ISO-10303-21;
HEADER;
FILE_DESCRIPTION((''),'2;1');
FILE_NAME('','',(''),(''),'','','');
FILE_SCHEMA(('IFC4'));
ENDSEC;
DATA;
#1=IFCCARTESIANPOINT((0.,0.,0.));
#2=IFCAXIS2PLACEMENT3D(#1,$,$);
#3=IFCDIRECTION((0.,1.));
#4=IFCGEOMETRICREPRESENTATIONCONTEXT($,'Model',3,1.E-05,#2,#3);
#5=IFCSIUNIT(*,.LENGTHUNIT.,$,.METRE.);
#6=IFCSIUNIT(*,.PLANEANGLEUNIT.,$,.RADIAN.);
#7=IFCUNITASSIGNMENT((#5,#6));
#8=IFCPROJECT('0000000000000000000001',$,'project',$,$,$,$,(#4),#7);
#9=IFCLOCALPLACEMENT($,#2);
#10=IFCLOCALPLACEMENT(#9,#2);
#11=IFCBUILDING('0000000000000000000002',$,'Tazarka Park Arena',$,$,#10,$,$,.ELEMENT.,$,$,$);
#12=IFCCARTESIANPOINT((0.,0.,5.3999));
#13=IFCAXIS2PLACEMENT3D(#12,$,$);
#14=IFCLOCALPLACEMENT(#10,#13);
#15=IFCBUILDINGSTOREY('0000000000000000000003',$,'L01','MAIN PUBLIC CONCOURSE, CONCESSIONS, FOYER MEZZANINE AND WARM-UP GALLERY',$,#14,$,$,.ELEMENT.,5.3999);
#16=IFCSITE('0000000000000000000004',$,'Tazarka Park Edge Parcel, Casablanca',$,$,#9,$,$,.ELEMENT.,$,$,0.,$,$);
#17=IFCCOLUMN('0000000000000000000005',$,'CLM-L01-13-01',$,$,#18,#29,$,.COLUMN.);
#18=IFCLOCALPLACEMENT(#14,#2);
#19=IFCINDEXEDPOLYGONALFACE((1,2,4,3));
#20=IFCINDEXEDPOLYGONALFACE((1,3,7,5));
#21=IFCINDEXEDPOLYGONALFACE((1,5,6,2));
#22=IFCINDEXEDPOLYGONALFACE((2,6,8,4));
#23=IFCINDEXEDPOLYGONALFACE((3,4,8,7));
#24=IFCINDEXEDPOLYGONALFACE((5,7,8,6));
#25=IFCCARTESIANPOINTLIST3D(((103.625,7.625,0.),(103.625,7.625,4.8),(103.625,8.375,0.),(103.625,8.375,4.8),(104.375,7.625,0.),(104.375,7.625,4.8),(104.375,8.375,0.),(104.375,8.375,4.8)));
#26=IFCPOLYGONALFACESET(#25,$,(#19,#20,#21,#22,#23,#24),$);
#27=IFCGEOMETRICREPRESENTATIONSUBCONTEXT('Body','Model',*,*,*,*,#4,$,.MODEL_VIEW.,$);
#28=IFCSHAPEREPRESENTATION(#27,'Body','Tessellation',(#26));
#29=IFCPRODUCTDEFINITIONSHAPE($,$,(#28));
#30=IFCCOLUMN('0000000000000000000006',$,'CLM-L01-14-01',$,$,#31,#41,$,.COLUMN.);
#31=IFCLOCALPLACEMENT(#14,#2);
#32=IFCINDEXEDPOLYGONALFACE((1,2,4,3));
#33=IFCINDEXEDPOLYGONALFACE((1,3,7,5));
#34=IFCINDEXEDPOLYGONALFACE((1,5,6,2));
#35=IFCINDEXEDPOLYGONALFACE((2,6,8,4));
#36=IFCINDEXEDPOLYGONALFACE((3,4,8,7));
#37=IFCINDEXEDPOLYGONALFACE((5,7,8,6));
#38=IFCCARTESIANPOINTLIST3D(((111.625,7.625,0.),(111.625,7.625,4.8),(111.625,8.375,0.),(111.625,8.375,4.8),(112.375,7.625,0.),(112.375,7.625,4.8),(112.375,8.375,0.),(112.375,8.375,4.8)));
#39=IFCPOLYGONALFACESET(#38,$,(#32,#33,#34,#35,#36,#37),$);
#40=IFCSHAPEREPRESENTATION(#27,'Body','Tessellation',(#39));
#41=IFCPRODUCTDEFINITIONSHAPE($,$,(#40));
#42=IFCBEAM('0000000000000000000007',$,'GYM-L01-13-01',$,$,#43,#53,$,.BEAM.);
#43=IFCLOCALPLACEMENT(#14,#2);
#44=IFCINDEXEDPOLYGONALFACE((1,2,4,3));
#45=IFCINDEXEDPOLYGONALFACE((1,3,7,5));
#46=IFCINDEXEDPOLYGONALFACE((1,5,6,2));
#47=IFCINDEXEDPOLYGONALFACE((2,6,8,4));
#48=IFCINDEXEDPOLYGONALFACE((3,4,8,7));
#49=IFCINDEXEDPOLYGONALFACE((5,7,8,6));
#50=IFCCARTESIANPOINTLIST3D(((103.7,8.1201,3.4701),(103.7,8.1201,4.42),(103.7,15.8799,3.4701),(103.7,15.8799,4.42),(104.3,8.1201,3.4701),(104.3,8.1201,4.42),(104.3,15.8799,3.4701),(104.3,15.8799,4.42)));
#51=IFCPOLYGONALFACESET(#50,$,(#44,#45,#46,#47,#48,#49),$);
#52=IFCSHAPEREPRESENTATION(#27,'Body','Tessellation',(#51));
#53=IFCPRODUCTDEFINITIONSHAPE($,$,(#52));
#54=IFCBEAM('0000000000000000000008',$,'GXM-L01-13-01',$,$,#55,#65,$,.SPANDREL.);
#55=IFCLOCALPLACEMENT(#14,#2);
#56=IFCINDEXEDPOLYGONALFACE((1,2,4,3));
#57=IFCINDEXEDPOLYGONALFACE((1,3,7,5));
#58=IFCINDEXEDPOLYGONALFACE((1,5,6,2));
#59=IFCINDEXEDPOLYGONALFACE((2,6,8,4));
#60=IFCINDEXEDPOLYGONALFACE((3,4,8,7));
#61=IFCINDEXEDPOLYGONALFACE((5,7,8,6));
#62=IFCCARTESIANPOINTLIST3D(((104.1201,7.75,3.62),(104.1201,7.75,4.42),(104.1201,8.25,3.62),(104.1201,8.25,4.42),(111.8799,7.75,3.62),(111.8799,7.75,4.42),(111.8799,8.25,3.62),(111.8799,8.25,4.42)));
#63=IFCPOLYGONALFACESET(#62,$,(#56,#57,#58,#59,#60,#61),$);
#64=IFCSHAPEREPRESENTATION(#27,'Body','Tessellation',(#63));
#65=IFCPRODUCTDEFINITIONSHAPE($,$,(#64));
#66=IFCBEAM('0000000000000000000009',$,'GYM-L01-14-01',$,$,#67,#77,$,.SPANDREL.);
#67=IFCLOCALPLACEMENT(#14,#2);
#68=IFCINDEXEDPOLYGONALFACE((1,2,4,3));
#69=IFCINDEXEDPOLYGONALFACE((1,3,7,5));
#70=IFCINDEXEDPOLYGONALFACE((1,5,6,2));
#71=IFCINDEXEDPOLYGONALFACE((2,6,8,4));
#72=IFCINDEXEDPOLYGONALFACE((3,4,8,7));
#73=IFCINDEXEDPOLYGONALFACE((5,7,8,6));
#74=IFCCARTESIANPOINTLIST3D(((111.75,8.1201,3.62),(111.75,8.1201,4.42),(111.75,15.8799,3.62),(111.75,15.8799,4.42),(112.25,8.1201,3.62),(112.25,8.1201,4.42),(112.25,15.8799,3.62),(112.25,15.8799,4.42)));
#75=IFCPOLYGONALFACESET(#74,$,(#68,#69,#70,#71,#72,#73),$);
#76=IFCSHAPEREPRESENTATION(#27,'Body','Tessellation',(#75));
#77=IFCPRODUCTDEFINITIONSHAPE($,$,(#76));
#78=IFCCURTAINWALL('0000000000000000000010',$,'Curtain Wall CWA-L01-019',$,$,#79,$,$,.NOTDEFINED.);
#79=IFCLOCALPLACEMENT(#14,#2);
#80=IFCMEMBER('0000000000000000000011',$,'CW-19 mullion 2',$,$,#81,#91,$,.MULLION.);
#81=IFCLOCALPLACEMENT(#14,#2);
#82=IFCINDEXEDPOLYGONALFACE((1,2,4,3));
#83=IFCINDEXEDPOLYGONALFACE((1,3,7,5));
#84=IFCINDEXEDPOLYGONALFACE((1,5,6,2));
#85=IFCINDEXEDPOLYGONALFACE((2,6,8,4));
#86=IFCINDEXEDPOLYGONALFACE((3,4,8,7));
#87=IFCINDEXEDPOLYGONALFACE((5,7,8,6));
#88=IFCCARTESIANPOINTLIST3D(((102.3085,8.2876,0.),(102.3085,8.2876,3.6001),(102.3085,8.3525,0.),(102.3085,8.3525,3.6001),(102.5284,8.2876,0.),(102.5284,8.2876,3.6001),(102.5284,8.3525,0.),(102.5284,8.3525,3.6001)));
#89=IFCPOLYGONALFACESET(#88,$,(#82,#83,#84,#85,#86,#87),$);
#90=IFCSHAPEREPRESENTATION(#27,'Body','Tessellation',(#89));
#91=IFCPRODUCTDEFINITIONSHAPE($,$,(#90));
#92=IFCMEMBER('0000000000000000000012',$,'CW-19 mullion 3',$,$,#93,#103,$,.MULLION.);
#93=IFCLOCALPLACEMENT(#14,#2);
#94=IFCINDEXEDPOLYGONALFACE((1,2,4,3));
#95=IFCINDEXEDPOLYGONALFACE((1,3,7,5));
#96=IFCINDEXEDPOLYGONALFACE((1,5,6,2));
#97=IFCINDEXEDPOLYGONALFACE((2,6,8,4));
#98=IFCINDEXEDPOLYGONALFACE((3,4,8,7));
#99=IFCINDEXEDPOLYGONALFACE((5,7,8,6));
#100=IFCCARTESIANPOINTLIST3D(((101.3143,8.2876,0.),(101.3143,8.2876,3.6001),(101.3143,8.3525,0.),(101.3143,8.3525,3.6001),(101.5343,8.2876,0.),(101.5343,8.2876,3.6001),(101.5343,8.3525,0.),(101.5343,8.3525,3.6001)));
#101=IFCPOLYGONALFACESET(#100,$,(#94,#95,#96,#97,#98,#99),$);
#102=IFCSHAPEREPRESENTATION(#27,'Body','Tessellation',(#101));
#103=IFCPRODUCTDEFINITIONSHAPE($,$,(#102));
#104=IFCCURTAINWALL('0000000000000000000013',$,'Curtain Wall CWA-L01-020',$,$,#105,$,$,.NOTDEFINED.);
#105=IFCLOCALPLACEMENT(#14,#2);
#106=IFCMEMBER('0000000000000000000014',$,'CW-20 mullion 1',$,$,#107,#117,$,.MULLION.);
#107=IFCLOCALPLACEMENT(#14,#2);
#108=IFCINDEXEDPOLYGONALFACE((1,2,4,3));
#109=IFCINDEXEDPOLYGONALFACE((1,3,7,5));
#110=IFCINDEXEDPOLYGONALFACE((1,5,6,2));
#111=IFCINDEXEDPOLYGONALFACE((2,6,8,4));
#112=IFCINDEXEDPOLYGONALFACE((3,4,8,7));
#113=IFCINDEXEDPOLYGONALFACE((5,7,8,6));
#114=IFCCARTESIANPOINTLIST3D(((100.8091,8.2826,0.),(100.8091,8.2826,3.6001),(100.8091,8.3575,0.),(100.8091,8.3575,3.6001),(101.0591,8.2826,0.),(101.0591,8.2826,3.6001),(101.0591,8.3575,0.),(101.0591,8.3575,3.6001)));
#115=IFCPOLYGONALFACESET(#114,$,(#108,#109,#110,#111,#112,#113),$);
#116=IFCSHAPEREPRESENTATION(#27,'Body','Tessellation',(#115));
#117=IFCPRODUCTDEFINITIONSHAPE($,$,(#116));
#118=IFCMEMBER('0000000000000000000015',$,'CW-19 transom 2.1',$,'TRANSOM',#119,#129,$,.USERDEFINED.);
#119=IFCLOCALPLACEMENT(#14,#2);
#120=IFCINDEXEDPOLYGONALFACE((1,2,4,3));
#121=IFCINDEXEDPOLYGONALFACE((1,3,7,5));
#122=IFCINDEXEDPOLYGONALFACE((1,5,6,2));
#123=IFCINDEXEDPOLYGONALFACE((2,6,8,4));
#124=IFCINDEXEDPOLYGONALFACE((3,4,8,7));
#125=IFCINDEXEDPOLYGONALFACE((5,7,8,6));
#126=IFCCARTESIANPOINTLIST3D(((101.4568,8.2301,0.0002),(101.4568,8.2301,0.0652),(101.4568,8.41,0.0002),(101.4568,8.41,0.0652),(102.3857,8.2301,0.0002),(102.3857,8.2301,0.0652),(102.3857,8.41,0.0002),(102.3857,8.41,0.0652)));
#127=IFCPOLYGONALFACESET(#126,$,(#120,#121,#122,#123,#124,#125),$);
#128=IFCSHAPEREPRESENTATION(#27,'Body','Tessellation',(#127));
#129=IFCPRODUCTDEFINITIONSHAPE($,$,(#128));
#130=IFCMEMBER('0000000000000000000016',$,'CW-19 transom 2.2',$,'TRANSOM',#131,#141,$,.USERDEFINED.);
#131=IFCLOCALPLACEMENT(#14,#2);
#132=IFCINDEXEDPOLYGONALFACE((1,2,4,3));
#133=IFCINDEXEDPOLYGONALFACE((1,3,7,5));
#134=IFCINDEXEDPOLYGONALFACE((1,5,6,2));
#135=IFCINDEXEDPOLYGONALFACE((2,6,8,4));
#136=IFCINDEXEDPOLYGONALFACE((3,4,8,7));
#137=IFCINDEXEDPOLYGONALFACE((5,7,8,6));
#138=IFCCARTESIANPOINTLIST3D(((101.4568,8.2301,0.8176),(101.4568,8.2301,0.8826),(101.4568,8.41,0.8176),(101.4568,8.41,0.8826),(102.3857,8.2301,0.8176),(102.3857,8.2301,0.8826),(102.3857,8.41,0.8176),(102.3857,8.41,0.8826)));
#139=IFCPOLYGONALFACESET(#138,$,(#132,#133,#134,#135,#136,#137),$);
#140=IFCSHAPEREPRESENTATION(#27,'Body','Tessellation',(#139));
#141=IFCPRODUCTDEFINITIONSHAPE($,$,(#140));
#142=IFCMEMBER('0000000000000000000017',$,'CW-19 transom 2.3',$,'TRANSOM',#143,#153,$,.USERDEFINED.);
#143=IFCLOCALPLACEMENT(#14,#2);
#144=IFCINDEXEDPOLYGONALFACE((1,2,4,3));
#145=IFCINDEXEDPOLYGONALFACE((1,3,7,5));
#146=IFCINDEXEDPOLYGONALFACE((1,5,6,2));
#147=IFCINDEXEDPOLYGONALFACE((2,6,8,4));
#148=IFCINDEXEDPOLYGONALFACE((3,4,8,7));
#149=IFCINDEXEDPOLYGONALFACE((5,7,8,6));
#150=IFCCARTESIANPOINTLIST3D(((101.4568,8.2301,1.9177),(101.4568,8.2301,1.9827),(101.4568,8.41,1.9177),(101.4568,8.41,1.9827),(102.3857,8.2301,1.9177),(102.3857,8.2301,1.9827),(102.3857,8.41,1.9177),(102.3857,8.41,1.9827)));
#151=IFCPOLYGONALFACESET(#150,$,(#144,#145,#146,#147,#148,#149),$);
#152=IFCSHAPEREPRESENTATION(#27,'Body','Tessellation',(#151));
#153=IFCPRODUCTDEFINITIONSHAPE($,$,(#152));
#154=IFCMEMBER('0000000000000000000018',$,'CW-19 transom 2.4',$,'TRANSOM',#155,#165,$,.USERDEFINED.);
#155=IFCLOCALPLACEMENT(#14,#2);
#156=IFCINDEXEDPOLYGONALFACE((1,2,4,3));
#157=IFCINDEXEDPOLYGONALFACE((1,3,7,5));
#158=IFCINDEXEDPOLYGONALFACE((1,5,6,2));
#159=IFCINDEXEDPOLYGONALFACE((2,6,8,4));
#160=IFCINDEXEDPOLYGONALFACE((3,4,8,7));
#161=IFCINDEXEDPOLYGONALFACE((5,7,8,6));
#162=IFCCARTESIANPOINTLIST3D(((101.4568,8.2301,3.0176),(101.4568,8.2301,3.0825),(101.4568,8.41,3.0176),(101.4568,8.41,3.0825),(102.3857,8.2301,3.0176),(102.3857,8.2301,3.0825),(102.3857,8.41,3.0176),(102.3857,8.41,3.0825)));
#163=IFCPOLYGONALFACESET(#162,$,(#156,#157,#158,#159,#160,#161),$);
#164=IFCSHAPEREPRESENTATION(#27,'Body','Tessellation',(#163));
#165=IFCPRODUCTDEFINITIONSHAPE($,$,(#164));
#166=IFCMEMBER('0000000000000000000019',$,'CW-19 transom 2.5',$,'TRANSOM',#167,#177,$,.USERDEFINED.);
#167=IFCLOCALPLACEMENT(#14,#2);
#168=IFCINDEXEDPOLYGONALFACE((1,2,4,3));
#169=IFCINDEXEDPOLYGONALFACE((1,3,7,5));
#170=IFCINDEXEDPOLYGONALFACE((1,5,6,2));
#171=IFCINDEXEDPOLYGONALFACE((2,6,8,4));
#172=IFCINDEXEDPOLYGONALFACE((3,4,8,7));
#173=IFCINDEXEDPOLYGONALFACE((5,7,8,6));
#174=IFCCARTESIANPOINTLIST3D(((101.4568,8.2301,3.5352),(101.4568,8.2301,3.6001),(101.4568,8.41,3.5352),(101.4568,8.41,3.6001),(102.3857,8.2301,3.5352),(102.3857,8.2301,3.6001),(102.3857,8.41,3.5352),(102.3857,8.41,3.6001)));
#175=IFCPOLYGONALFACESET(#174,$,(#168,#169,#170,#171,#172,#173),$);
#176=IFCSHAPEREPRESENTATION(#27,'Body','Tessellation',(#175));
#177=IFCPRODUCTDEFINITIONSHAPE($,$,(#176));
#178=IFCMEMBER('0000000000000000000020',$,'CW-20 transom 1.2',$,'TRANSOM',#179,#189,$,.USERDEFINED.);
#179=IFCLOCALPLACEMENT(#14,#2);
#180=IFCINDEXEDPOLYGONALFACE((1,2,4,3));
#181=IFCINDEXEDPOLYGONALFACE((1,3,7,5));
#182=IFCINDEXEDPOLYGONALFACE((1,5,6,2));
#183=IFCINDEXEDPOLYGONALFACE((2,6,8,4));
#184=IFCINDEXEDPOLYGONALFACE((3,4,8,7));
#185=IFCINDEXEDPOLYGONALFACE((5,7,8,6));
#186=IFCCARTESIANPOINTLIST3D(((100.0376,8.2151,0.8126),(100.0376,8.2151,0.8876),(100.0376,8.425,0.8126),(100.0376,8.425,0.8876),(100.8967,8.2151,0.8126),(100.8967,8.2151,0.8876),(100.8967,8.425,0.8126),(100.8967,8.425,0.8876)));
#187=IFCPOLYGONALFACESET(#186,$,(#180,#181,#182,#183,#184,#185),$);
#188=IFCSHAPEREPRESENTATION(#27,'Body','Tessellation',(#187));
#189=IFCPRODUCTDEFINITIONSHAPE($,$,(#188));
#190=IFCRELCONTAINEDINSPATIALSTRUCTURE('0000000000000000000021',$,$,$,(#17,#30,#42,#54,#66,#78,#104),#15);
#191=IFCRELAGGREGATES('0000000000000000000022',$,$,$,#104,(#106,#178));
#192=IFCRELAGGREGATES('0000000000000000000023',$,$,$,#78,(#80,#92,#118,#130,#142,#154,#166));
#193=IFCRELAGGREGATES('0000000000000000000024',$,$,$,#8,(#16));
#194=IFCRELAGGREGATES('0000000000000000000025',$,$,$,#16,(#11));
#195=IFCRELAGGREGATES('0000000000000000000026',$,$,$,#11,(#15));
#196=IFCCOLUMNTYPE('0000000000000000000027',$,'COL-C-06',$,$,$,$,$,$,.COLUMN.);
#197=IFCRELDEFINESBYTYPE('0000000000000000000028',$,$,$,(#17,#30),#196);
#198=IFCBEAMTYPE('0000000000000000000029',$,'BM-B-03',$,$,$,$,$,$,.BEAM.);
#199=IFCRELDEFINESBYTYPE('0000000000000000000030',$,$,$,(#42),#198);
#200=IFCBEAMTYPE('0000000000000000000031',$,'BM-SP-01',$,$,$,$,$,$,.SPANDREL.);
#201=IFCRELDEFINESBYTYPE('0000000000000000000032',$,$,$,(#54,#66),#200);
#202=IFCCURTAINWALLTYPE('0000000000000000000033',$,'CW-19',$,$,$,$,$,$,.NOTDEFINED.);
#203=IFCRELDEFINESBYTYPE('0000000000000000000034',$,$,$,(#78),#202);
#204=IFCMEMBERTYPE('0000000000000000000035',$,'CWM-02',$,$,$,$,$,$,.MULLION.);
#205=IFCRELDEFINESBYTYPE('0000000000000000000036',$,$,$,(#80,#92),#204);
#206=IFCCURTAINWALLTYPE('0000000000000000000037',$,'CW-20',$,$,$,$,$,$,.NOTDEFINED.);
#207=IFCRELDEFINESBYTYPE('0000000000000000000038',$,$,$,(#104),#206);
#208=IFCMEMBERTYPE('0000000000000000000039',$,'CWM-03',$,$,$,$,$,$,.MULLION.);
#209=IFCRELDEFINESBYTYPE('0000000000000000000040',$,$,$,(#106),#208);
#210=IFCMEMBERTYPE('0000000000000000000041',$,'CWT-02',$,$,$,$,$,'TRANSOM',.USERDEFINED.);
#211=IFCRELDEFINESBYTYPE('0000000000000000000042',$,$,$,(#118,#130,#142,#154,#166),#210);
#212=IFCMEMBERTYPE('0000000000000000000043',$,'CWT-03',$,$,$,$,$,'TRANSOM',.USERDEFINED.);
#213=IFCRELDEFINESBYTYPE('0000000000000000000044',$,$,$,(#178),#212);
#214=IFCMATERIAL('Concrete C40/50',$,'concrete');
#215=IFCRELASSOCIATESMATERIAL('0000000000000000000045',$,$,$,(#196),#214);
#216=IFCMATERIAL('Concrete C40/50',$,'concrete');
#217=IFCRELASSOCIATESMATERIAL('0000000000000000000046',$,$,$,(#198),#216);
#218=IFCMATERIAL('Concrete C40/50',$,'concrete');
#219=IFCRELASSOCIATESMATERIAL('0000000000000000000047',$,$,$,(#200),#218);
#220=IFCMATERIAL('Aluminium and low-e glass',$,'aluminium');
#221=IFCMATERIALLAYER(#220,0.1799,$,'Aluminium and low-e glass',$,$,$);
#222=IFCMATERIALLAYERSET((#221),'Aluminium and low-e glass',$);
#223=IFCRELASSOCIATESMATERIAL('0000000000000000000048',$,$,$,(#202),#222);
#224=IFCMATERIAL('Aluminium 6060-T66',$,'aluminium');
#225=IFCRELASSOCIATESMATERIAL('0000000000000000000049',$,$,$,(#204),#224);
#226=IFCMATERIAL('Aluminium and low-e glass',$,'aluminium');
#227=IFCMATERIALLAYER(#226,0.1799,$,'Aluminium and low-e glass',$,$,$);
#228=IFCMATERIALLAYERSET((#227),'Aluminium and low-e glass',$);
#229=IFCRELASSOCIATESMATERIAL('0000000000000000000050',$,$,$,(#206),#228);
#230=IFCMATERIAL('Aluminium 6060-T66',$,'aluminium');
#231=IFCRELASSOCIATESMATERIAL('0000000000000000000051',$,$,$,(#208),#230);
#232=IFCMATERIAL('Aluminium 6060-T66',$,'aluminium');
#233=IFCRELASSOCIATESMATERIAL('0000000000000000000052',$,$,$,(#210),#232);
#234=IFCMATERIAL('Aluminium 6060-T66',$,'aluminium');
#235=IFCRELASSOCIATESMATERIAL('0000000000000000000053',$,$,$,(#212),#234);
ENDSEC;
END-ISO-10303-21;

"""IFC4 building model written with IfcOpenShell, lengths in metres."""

from ifc_helpers import new_model, si_unit, direction, frame, origin, origin_2d, place, context, subcontext, project, spatial, rectangle, extrude, material, layer, layer_set, material_profile, profile_set, type_object, element, aggregate, save


model = new_model("IFC4")

# Units and contexts
model_context = context("Model", 3, precision=1e-05, world=origin(), true_north=direction((0.0, 1.0)))
body_context = subcontext(model_context, "Body", "Model", "MODEL_VIEW")
ifc_project = project(units=[si_unit("LENGTHUNIT", "METRE"), si_unit("PLANEANGLEUNIT", "RADIAN")], contexts=[model_context])

# Site, building, storey
site_placement = place(None, origin())
site = spatial("IfcSite", under=ifc_project, at=site_placement, Name="Tazarka Park Edge Parcel, Casablanca", CompositionType="ELEMENT", RefElevation=0.0)
building_placement = place(site_placement, origin())
building = spatial("IfcBuilding", under=site, at=building_placement, Name="Tazarka Park Arena", CompositionType="ELEMENT")
storey_placement = place(building_placement, frame((0.0, 0.0, 5.3999)))
storey = spatial("IfcBuildingStorey", under=building, at=storey_placement, Name="L01", Description="MAIN PUBLIC CONCOURSE, CONCESSIONS, FOYER MEZZANINE AND WARM-UP GALLERY", CompositionType="ELEMENT", Elevation=5.3999)

# Columns
ifc_material_1 = material(Name="Concrete C40/50", Category="concrete")
ifc_material_profile_1 = material_profile(ifc_material_1, rectangle(XDim=0.75, YDim=0.75, at=origin_2d()), Name="Concrete C40/50")
ifc_profile_set_1 = profile_set([ifc_material_profile_1], Name="Concrete C40/50")
column_type = type_object("IfcColumnType", Name="COL-C-06", PredefinedType="COLUMN", material=ifc_profile_set_1)
for number, where, z_axis, x_axis, name in (
    (1, (104.0, 8.0, 0.0), (0.0, 0.0, 1.0), (1.0, 0.0, 0.0), "CLM-L01-13-01"),
    (2, (112.0, 8.0, 0.0), (0.0, 0.0, 1.0), (1.0, 0.0, 0.0), "CLM-L01-14-01"),
):
    element("IfcColumn", number, at=place(storey_placement, frame(where, z_axis=z_axis, x_axis=x_axis)), inside=storey, type_object=column_type, Name=name, PredefinedType="COLUMN", context=body_context, shape_type="SweptSolid", body=[
        extrude(rectangle(XDim=0.75, YDim=0.75, at=origin_2d()), origin(), (0.0, 0.0, 1.0), 4.8),
    ])

# Beams
ifc_material_2 = material(Name="Concrete C40/50", Category="concrete")
ifc_material_profile_2 = material_profile(ifc_material_2, rectangle(XDim=0.6001, YDim=0.95, at=origin_2d()), Name="Concrete C40/50")
ifc_profile_set_2 = profile_set([ifc_material_profile_2], Name="Concrete C40/50")
beam_type_1 = type_object("IfcBeamType", Name="BM-B-03", PredefinedType="BEAM", material=ifc_profile_set_2)
beam_placement = place(storey_placement, frame((104.0, 8.1201, 3.9451), z_axis=(0.0, 1.0, 0.0), x_axis=(-1.0, 0.0, 0.0)))
element("IfcBeam", 3, at=beam_placement, inside=storey, type_object=beam_type_1, Name="GYM-L01-13-01", PredefinedType="BEAM", context=body_context, shape_type="SweptSolid", body=[
    extrude(rectangle(XDim=0.6001, YDim=0.95, at=origin_2d()), origin(), (0.0, 0.0, 1.0), 7.7598),
])
ifc_material_3 = material(Name="Concrete C40/50", Category="concrete")
ifc_material_profile_3 = material_profile(ifc_material_3, rectangle(XDim=0.5, YDim=0.8, at=origin_2d()), Name="Concrete C40/50")
ifc_profile_set_3 = profile_set([ifc_material_profile_3], Name="Concrete C40/50")
beam_type_2 = type_object("IfcBeamType", Name="BM-SP-01", PredefinedType="SPANDREL", material=ifc_profile_set_3)
for number, where, z_axis, x_axis, name in (
    (4, (104.1201, 8.0, 4.02), (1.0, 0.0, 0.0), (0.0, 1.0, 0.0), "GXM-L01-13-01"),
    (5, (112.0, 8.1201, 4.02), (0.0, 1.0, 0.0), (-1.0, 0.0, 0.0), "GYM-L01-14-01"),
):
    element("IfcBeam", number, at=place(storey_placement, frame(where, z_axis=z_axis, x_axis=x_axis)), inside=storey, type_object=beam_type_2, Name=name, PredefinedType="SPANDREL", context=body_context, shape_type="SweptSolid", body=[
        extrude(rectangle(XDim=0.5, YDim=0.8, at=origin_2d()), origin(), (0.0, 0.0, 1.0), 7.7598),
    ])

# Curtain wall, members
ifc_material_4 = material(Name="Aluminium and low-e glass", Category="aluminium")
ifc_layer_1 = layer(ifc_material_4, 0.1799, Name="Aluminium and low-e glass")
ifc_layer_set_1 = layer_set([ifc_layer_1], Name="Aluminium and low-e glass")
curtain_wall_type_1 = type_object("IfcCurtainWallType", Name="CW-19", PredefinedType="NOTDEFINED", material=ifc_layer_set_1)
curtain_wall_1_placement = place(storey_placement, origin())
curtain_wall_1 = element("IfcCurtainWall", 6, at=curtain_wall_1_placement, inside=storey, type_object=curtain_wall_type_1, Name="Curtain Wall CWA-L01-019", PredefinedType="NOTDEFINED")
ifc_material_5 = material(Name="Aluminium 6060-T66", Category="aluminium")
ifc_material_profile_4 = material_profile(ifc_material_5, rectangle(XDim=0.0649, YDim=0.22, at=origin_2d()), Name="Aluminium 6060-T66")
ifc_profile_set_4 = profile_set([ifc_material_profile_4], Name="Aluminium 6060-T66")
member_type_1 = type_object("IfcMemberType", Name="CWM-02", PredefinedType="MULLION", material=ifc_profile_set_4)
member_1_placement = place(storey_placement, frame((102.4185, 8.3201, 0.0), z_axis=(0.0, 0.0, 1.0), x_axis=(0.0, -1.0, 0.0)))
member_1 = element("IfcMember", 7, at=member_1_placement, type_object=member_type_1, Name="CW-19 mullion 2", PredefinedType="MULLION", context=body_context, shape_type="SweptSolid", body=[
    extrude(rectangle(XDim=0.0649, YDim=0.22, at=origin_2d()), origin(), (0.0, 0.0, 1.0), 3.6001),
])
member_2_placement = place(storey_placement, frame((101.4243, 8.3201, 0.0), z_axis=(0.0, 0.0, 1.0), x_axis=(0.0, -1.0, 0.0)))
member_2 = element("IfcMember", 8, at=member_2_placement, type_object=member_type_1, Name="CW-19 mullion 3", PredefinedType="MULLION", context=body_context, shape_type="SweptSolid", body=[
    extrude(rectangle(XDim=0.0649, YDim=0.22, at=origin_2d()), origin(), (0.0, 0.0, 1.0), 3.6001),
])

# Curtain wall, member
ifc_material_6 = material(Name="Aluminium and low-e glass", Category="aluminium")
ifc_layer_2 = layer(ifc_material_6, 0.1799, Name="Aluminium and low-e glass")
ifc_layer_set_2 = layer_set([ifc_layer_2], Name="Aluminium and low-e glass")
curtain_wall_type_2 = type_object("IfcCurtainWallType", Name="CW-20", PredefinedType="NOTDEFINED", material=ifc_layer_set_2)
curtain_wall_2_placement = place(storey_placement, origin())
curtain_wall_2 = element("IfcCurtainWall", 9, at=curtain_wall_2_placement, inside=storey, type_object=curtain_wall_type_2, Name="Curtain Wall CWA-L01-020", PredefinedType="NOTDEFINED")
ifc_material_7 = material(Name="Aluminium 6060-T66", Category="aluminium")
ifc_material_profile_5 = material_profile(ifc_material_7, rectangle(XDim=0.075, YDim=0.25, at=origin_2d()), Name="Aluminium 6060-T66")
ifc_profile_set_5 = profile_set([ifc_material_profile_5], Name="Aluminium 6060-T66")
member_type_2 = type_object("IfcMemberType", Name="CWM-03", PredefinedType="MULLION", material=ifc_profile_set_5)
member_3_placement = place(storey_placement, frame((100.9341, 8.3201, 0.0), z_axis=(0.0, 0.0, 1.0), x_axis=(0.0, -1.0, 0.0)))
member_3 = element("IfcMember", 10, at=member_3_placement, type_object=member_type_2, Name="CW-20 mullion 1", PredefinedType="MULLION", context=body_context, shape_type="SweptSolid", body=[
    extrude(rectangle(XDim=0.075, YDim=0.25, at=origin_2d()), origin(), (0.0, 0.0, 1.0), 3.6001),
])

# Members
ifc_material_8 = material(Name="Aluminium 6060-T66", Category="aluminium")
ifc_material_profile_6 = material_profile(ifc_material_8, rectangle(XDim=0.1799, YDim=0.0649, at=origin_2d()), Name="Aluminium 6060-T66")
ifc_profile_set_6 = profile_set([ifc_material_profile_6], Name="Aluminium 6060-T66")
member_type_3 = type_object("IfcMemberType", Name="CWT-02", ElementType="TRANSOM", PredefinedType="USERDEFINED", material=ifc_profile_set_6)
member_4_placement = place(storey_placement, frame((102.3857, 8.3201, 0.0327), z_axis=(-1.0, 0.0, 0.0), x_axis=(0.0, -1.0, 0.0)))
member_4 = element("IfcMember", 11, at=member_4_placement, type_object=member_type_3, Name="CW-19 transom 2.1", ObjectType="TRANSOM", PredefinedType="USERDEFINED", context=body_context, shape_type="SweptSolid", body=[
    extrude(rectangle(XDim=0.1799, YDim=0.0649, at=origin_2d()), origin(), (0.0, 0.0, 1.0), 0.929),
])
member_5_placement = place(storey_placement, frame((102.3857, 8.3201, 0.8501), z_axis=(-1.0, 0.0, 0.0), x_axis=(0.0, -1.0, 0.0)))
member_5 = element("IfcMember", 12, at=member_5_placement, type_object=member_type_3, Name="CW-19 transom 2.2", ObjectType="TRANSOM", PredefinedType="USERDEFINED", context=body_context, shape_type="SweptSolid", body=[
    extrude(rectangle(XDim=0.1799, YDim=0.0649, at=origin_2d()), origin(), (0.0, 0.0, 1.0), 0.929),
])
member_6_placement = place(storey_placement, frame((102.3857, 8.3201, 1.9502), z_axis=(-1.0, 0.0, 0.0), x_axis=(0.0, -1.0, 0.0)))
member_6 = element("IfcMember", 13, at=member_6_placement, type_object=member_type_3, Name="CW-19 transom 2.3", ObjectType="TRANSOM", PredefinedType="USERDEFINED", context=body_context, shape_type="SweptSolid", body=[
    extrude(rectangle(XDim=0.1799, YDim=0.0649, at=origin_2d()), origin(), (0.0, 0.0, 1.0), 0.929),
])
member_7_placement = place(storey_placement, frame((102.3857, 8.3201, 3.05), z_axis=(-1.0, 0.0, 0.0), x_axis=(0.0, -1.0, 0.0)))
member_7 = element("IfcMember", 14, at=member_7_placement, type_object=member_type_3, Name="CW-19 transom 2.4", ObjectType="TRANSOM", PredefinedType="USERDEFINED", context=body_context, shape_type="SweptSolid", body=[
    extrude(rectangle(XDim=0.1799, YDim=0.0649, at=origin_2d()), origin(), (0.0, 0.0, 1.0), 0.929),
])
member_8_placement = place(storey_placement, frame((102.3857, 8.3201, 3.5676), z_axis=(-1.0, 0.0, 0.0), x_axis=(0.0, -1.0, 0.0)))
member_8 = element("IfcMember", 15, at=member_8_placement, type_object=member_type_3, Name="CW-19 transom 2.5", ObjectType="TRANSOM", PredefinedType="USERDEFINED", context=body_context, shape_type="SweptSolid", body=[
    extrude(rectangle(XDim=0.1799, YDim=0.0649, at=origin_2d()), origin(), (0.0, 0.0, 1.0), 0.929),
])
ifc_material_9 = material(Name="Aluminium 6060-T66", Category="aluminium")
ifc_material_profile_7 = material_profile(ifc_material_9, rectangle(XDim=0.21, YDim=0.075, at=origin_2d()), Name="Aluminium 6060-T66")
ifc_profile_set_7 = profile_set([ifc_material_profile_7], Name="Aluminium 6060-T66")
member_type_4 = type_object("IfcMemberType", Name="CWT-03", ElementType="TRANSOM", PredefinedType="USERDEFINED", material=ifc_profile_set_7)
member_9_placement = place(storey_placement, frame((100.8967, 8.3201, 0.8501), z_axis=(-1.0, 0.0, 0.0), x_axis=(0.0, -1.0, 0.0)))
member_9 = element("IfcMember", 16, at=member_9_placement, type_object=member_type_4, Name="CW-20 transom 1.2", ObjectType="TRANSOM", PredefinedType="USERDEFINED", context=body_context, shape_type="SweptSolid", body=[
    extrude(rectangle(XDim=0.21, YDim=0.075, at=origin_2d()), origin(), (0.0, 0.0, 1.0), 0.8591),
])
aggregate(curtain_wall_2, [member_3, member_9])

aggregate(curtain_wall_1, [member_1, member_2, member_4, member_5, member_6, member_7, member_8])

save(model, "model.ifc")
